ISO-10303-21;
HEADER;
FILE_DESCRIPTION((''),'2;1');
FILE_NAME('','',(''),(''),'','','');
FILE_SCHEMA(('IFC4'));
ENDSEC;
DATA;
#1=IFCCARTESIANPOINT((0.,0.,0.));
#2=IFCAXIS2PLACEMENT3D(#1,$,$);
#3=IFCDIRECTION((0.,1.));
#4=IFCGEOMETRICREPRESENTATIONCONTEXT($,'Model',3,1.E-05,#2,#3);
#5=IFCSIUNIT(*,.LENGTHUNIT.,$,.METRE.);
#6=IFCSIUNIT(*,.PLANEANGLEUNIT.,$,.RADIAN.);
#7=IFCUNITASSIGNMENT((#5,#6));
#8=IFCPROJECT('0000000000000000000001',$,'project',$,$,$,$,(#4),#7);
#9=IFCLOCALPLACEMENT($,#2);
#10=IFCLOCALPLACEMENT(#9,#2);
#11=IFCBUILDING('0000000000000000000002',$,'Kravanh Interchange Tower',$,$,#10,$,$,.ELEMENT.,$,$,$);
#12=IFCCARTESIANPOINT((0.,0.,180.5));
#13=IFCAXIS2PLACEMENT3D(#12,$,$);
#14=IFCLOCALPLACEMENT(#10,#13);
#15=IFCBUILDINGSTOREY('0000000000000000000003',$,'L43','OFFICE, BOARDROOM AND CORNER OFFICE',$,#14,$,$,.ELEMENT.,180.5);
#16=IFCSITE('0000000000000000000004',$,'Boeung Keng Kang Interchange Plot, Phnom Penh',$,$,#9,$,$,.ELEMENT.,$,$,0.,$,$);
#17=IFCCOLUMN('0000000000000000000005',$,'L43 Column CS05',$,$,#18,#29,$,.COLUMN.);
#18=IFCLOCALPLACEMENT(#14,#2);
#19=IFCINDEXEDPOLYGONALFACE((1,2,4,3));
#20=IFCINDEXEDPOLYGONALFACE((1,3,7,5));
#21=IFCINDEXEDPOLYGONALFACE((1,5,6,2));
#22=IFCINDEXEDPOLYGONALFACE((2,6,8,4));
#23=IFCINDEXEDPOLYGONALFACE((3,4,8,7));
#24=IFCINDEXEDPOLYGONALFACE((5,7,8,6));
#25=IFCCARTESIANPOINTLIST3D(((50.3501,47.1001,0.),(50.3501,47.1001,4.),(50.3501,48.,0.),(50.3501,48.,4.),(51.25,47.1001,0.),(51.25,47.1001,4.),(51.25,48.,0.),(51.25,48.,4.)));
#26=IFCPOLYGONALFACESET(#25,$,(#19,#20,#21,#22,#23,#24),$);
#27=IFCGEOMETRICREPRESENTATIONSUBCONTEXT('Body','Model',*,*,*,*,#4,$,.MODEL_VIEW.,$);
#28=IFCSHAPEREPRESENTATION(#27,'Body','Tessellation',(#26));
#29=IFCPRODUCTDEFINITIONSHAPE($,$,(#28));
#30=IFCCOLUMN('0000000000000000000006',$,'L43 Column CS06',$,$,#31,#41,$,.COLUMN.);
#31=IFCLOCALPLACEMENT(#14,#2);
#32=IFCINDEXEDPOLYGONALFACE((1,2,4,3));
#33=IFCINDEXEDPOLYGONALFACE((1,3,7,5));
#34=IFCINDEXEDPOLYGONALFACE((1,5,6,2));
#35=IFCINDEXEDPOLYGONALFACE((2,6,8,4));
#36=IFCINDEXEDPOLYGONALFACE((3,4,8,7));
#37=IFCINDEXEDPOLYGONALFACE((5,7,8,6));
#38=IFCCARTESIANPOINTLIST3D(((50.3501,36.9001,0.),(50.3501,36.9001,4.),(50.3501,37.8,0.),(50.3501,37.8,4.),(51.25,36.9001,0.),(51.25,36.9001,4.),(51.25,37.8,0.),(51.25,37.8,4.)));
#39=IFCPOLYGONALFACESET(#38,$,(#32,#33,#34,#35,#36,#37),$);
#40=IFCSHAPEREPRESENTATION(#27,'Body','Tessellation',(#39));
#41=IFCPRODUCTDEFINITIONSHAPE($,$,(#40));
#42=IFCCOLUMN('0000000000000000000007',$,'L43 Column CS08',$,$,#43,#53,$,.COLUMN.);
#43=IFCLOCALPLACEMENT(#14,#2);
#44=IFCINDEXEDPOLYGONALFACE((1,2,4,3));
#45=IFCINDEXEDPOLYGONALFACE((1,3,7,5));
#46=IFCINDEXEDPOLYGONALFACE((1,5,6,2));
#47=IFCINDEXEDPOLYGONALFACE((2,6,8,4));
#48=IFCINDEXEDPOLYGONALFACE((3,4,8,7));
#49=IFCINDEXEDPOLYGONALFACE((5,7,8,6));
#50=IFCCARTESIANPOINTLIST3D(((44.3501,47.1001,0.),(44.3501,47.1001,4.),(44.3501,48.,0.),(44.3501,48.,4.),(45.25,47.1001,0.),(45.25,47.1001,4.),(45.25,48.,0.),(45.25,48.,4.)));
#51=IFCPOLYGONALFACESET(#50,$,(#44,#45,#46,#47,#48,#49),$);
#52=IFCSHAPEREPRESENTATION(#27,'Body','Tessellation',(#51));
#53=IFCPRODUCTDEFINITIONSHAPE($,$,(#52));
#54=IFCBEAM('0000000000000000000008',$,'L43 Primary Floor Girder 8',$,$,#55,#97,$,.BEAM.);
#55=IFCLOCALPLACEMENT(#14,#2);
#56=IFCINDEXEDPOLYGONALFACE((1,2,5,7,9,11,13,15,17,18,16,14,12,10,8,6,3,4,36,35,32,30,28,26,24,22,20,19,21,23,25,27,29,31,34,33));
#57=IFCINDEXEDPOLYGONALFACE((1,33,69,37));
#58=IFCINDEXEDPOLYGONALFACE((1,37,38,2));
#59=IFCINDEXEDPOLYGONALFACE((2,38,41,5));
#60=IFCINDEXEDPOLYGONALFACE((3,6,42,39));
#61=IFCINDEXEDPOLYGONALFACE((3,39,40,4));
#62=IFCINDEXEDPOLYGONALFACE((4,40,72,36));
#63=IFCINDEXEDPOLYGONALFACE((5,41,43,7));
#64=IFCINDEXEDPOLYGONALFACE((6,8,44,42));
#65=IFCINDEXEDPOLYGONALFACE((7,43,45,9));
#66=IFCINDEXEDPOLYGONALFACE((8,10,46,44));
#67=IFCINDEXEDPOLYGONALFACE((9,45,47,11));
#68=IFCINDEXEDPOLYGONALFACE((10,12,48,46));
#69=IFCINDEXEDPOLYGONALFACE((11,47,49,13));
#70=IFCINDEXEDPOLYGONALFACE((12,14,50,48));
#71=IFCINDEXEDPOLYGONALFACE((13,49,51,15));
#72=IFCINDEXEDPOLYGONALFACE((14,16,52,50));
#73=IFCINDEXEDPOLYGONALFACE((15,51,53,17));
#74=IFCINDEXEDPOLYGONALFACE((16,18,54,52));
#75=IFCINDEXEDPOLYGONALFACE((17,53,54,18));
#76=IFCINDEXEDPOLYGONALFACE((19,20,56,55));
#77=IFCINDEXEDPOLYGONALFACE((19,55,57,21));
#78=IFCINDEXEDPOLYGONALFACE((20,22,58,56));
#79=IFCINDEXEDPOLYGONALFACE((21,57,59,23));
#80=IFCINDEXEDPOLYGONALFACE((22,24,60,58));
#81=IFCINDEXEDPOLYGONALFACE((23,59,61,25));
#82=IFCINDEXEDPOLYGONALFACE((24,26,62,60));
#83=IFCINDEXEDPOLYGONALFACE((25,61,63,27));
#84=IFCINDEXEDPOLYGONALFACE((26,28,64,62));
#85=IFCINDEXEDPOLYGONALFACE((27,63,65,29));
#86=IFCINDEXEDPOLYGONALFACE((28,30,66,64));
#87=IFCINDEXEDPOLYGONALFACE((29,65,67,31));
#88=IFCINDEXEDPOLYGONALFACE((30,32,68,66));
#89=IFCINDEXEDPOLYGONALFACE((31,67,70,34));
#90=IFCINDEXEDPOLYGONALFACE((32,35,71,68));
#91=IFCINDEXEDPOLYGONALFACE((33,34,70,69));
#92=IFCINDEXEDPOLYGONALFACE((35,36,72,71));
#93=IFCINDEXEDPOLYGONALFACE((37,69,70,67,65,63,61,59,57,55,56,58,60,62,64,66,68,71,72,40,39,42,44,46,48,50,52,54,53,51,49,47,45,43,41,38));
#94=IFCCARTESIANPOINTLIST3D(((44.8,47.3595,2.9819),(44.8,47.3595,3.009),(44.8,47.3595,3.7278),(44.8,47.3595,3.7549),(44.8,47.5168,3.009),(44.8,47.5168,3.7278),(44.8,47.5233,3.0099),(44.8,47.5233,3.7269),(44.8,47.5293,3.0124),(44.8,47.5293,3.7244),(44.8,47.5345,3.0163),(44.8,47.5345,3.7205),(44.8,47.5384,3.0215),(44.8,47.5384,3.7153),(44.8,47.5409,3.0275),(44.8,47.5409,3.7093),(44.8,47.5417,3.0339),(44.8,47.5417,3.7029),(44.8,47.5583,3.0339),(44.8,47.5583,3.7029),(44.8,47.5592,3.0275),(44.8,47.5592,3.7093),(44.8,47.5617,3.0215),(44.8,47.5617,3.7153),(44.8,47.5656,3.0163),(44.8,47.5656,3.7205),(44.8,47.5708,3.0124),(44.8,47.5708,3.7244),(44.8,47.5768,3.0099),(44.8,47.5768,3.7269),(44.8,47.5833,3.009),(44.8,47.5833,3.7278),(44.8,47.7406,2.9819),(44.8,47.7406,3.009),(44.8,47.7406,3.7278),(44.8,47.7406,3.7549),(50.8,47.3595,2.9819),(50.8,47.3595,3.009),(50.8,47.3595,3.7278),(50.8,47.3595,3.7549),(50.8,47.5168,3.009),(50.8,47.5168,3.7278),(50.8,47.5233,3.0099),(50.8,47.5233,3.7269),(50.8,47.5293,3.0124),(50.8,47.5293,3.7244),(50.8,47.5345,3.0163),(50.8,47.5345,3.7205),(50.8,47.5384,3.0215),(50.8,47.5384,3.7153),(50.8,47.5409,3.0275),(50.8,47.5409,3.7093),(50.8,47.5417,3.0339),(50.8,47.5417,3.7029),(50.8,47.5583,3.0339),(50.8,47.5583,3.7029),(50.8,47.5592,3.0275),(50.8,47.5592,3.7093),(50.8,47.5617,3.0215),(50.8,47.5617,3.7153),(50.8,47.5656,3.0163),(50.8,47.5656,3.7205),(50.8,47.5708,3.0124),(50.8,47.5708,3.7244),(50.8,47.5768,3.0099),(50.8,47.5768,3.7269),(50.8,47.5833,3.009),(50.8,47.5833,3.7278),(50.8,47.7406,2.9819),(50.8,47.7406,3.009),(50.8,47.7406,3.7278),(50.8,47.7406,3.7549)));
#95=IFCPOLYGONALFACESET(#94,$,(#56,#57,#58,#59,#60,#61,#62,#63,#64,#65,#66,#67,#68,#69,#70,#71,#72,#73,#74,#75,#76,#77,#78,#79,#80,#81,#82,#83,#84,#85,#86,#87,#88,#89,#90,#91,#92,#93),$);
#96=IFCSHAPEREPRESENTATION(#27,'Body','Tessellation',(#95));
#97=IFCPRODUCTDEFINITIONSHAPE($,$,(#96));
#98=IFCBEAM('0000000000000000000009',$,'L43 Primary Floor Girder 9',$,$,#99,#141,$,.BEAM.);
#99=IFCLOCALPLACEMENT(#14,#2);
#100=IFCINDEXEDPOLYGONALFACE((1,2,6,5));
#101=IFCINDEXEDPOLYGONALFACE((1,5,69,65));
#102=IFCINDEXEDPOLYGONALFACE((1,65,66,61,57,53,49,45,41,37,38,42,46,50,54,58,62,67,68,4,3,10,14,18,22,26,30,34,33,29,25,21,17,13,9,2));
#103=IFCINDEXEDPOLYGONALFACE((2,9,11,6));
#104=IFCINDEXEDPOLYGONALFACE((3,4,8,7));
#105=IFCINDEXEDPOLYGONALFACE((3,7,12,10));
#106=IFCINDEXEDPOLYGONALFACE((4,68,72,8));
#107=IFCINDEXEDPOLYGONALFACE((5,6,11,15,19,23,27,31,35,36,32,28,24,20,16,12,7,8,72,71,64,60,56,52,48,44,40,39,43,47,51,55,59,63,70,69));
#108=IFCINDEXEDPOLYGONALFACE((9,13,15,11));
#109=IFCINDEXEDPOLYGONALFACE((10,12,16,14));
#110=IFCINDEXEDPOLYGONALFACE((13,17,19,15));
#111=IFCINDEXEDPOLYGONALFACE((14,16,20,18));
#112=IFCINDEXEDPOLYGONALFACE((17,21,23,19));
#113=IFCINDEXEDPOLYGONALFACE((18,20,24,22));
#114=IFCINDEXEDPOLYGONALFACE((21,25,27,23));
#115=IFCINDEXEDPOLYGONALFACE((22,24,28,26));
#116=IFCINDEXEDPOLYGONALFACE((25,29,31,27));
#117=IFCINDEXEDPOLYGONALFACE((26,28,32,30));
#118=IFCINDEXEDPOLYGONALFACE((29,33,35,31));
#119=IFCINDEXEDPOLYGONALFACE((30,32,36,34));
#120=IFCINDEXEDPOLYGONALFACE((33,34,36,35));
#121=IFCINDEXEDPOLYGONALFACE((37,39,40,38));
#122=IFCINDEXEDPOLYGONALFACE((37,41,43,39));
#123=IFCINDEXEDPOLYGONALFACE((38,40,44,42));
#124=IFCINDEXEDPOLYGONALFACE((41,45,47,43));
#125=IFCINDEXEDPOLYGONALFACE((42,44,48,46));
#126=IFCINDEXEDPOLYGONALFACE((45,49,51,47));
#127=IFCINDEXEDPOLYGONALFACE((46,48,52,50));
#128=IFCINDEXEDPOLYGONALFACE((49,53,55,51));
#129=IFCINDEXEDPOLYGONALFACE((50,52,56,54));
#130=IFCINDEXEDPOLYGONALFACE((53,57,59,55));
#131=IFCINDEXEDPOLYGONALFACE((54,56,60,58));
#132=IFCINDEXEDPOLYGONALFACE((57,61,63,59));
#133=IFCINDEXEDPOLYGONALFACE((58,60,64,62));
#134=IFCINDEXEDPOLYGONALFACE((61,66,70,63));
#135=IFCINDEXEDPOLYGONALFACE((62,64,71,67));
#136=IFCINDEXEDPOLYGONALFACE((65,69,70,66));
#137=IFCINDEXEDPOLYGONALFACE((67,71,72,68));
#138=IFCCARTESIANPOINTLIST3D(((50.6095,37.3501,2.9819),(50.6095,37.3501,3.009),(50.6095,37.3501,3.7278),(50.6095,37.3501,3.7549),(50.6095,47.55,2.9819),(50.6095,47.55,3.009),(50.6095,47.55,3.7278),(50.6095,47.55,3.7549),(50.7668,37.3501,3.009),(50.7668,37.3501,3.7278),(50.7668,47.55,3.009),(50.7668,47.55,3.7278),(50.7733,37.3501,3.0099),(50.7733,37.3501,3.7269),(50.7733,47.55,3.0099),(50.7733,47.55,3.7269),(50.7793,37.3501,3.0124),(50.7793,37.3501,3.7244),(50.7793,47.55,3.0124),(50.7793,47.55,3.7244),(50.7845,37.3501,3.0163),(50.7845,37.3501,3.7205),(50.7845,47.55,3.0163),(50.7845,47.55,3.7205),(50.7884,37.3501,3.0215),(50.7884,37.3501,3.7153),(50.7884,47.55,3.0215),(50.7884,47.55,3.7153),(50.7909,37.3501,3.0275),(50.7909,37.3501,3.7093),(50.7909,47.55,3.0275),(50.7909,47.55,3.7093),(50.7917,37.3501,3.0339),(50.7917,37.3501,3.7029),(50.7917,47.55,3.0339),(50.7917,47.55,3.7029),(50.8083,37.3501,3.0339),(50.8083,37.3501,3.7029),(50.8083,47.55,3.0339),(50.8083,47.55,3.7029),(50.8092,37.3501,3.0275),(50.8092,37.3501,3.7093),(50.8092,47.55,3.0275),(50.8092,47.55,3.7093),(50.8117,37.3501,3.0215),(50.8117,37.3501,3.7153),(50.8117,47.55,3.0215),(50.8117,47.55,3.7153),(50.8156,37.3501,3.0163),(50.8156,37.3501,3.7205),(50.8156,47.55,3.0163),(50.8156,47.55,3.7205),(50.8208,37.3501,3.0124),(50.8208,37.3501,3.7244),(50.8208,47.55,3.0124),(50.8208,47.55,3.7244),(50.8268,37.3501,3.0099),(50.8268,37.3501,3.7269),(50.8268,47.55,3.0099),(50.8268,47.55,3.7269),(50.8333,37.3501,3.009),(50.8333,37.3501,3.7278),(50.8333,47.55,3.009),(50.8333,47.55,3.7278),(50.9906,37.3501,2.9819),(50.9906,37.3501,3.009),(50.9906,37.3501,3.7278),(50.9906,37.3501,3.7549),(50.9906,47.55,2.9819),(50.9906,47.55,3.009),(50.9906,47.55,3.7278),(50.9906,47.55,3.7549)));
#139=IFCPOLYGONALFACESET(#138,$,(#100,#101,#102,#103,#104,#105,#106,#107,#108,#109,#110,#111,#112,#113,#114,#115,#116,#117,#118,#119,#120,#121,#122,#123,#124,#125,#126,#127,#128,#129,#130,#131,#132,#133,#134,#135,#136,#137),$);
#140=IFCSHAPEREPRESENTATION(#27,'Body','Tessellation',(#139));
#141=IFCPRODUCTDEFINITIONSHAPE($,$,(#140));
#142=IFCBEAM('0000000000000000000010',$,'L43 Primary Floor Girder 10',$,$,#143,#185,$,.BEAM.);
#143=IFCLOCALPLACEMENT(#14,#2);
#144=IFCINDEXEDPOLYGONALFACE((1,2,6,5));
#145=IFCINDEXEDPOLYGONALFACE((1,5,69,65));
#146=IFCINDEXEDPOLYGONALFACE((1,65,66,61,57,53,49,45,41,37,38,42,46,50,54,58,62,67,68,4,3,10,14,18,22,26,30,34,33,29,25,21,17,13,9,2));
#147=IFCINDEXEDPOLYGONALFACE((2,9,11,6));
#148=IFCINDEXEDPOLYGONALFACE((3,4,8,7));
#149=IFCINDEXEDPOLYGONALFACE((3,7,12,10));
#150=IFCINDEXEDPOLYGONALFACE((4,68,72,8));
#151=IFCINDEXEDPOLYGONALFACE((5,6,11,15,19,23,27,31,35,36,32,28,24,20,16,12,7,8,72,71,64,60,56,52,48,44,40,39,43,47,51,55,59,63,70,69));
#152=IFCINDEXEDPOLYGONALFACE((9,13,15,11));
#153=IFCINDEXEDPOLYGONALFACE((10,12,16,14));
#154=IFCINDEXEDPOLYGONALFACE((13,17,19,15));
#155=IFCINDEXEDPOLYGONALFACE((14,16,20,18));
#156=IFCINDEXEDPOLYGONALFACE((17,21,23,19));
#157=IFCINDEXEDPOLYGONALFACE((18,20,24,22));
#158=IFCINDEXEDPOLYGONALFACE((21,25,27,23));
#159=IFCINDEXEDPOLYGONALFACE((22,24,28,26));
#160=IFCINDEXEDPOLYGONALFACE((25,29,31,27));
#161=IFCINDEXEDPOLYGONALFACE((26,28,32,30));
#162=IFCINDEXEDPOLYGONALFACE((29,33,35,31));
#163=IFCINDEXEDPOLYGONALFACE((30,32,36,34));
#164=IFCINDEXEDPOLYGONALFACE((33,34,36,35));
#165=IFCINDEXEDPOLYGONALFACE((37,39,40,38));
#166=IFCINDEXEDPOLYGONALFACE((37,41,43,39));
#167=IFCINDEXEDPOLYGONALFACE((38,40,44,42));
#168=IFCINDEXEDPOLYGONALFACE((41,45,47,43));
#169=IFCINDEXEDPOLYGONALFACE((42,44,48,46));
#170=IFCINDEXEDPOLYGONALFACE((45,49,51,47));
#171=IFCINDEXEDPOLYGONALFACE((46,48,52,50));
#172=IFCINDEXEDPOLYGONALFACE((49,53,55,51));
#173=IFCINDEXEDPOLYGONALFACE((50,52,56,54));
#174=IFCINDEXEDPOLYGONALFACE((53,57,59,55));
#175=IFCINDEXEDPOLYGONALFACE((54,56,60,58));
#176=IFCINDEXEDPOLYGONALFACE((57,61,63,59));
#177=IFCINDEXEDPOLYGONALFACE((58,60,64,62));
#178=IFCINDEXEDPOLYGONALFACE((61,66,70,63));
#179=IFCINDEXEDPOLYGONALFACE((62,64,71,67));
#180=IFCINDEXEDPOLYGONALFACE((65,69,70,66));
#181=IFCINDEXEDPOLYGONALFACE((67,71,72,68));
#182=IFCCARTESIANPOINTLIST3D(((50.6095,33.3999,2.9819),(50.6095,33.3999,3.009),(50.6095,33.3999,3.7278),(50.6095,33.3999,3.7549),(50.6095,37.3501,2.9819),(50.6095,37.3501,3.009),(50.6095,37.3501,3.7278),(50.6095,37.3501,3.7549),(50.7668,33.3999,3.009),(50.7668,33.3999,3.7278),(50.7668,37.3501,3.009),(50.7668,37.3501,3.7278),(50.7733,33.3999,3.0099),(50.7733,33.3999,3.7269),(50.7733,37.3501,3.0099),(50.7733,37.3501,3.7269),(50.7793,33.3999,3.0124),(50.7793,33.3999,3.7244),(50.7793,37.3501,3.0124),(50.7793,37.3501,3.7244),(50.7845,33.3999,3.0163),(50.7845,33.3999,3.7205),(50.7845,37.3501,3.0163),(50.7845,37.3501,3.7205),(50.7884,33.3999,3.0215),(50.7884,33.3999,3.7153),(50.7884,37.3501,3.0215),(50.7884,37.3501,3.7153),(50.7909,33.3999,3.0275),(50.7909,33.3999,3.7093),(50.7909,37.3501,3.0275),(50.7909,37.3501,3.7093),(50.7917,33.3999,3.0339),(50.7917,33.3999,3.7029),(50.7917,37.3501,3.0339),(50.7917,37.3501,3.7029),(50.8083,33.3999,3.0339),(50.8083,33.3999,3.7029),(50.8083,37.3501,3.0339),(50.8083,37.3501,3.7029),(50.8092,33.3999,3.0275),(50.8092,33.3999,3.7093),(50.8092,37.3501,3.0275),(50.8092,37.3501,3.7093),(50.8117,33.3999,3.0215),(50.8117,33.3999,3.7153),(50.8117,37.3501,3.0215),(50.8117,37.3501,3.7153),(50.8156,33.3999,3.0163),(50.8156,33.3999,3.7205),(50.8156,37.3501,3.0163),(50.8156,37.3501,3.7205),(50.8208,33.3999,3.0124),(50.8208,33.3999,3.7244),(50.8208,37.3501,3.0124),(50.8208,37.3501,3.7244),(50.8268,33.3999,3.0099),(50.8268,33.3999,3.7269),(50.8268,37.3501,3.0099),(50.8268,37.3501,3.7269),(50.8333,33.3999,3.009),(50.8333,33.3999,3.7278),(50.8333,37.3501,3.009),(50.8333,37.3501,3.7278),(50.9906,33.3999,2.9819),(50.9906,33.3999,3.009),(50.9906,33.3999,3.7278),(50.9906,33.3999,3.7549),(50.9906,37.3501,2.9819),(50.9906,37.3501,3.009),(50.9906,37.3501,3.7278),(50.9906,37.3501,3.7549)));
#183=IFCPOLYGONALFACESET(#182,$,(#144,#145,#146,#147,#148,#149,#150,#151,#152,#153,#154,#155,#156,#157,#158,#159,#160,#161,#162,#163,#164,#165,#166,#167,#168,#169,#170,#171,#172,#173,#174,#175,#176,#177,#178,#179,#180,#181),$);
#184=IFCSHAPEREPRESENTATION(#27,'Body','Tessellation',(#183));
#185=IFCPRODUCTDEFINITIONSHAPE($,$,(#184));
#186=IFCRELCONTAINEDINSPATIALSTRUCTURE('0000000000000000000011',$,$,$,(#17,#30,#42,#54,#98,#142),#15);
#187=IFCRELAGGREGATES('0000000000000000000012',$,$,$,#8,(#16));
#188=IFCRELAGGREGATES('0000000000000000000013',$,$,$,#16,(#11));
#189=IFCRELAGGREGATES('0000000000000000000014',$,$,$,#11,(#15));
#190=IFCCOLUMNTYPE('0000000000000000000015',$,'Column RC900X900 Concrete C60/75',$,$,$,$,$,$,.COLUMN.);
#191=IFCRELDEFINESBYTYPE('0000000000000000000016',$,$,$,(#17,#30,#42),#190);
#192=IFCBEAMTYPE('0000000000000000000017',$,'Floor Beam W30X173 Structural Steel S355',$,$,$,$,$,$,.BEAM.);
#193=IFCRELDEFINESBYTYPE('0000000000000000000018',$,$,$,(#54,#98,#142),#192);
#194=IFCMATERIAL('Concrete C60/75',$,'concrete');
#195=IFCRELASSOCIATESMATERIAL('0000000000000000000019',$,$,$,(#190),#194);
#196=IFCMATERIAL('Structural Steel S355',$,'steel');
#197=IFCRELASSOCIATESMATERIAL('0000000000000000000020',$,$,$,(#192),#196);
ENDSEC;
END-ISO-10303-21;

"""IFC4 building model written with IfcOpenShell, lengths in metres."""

from ifc_helpers import new_model, si_unit, direction, frame, origin, origin_2d, place, context, subcontext, project, spatial, rectangle, i_section, extrude, material, material_profile, profile_set, type_object, element, save


model = new_model("IFC4")

# Units and contexts
model_context = context("Model", 3, precision=1e-05, world=origin(), true_north=direction((0.0, 1.0)))
body_context = subcontext(model_context, "Body", "Model", "MODEL_VIEW")
ifc_project = project(units=[si_unit("LENGTHUNIT", "METRE"), si_unit("PLANEANGLEUNIT", "RADIAN")], contexts=[model_context])

# Site, building, storey
site_placement = place(None, origin())
site = spatial("IfcSite", under=ifc_project, at=site_placement, Name="Boeung Keng Kang Interchange Plot, Phnom Penh", CompositionType="ELEMENT", RefElevation=0.0)
building_placement = place(site_placement, origin())
building = spatial("IfcBuilding", under=site, at=building_placement, Name="Kravanh Interchange Tower", CompositionType="ELEMENT")
storey_placement = place(building_placement, frame((0.0, 0.0, 180.5)))
storey = spatial("IfcBuildingStorey", under=building, at=storey_placement, Name="L43", Description="OFFICE, BOARDROOM AND CORNER OFFICE", CompositionType="ELEMENT", Elevation=180.5)

# Columns
ifc_material_1 = material(Name="Concrete C60/75", Category="concrete")
ifc_material_profile_1 = material_profile(ifc_material_1, rectangle(XDim=0.8999, YDim=0.8999, at=origin_2d()), Name="RC900X900")
ifc_profile_set_1 = profile_set([ifc_material_profile_1], Name="Concrete C60/75")
column_type = type_object("IfcColumnType", Name="Column RC900X900 Concrete C60/75", PredefinedType="COLUMN", material=ifc_profile_set_1)
for number, where, z_axis, x_axis, name in (
    (1, (50.8, 47.55, 0.0), (0.0, 0.0, 1.0), (1.0, 0.0, 0.0), "L43 Column CS05"),
    (2, (50.8, 37.3501, 0.0), (0.0, 0.0, 1.0), (1.0, 0.0, 0.0), "L43 Column CS06"),
    (3, (44.8, 47.55, 0.0), (0.0, 0.0, 1.0), (1.0, 0.0, 0.0), "L43 Column CS08"),
):
    element("IfcColumn", number, at=place(storey_placement, frame(where, z_axis=z_axis, x_axis=x_axis)), inside=storey, type_object=column_type, Name=name, PredefinedType="COLUMN", context=body_context, shape_type="SweptSolid", body=[
        extrude(rectangle(XDim=0.8999, YDim=0.8999, at=origin_2d()), origin(), (0.0, 0.0, 1.0), 4.0),
    ])

# Beams
ifc_material_2 = material(Name="Structural Steel S355", Category="steel")
ifc_material_profile_2 = material_profile(ifc_material_2, i_section(OverallWidth=0.3811, OverallDepth=0.7729, WebThickness=0.0166, FlangeThickness=0.0271, FilletRadius=0.0249, at=origin_2d()), Name="W30X173")
ifc_profile_set_2 = profile_set([ifc_material_profile_2], Name="Structural Steel S355")
beam_type_1 = type_object("IfcBeamType", Name="Floor Beam W30X173 Structural Steel S355", PredefinedType="BEAM", material=ifc_profile_set_2)
beam_1_placement = place(storey_placement, frame((50.8, 47.55, 3.3684), z_axis=(-1.0, 0.0, 0.0), x_axis=(0.0, -1.0, 0.0)))
element("IfcBeam", 4, at=beam_1_placement, inside=storey, type_object=beam_type_1, Name="L43 Primary Floor Girder 8", PredefinedType="BEAM", context=body_context, shape_type="SweptSolid", body=[
    extrude(i_section(OverallWidth=0.3811, OverallDepth=0.7729, WebThickness=0.0166, FlangeThickness=0.0271, FilletRadius=0.0249, at=origin_2d()), origin(), (0.0, 0.0, 1.0), 6.0),
])
beam_2_placement = place(storey_placement, frame((50.8, 47.55, 3.3684), z_axis=(0.0, -1.0, 0.0), x_axis=(1.0, 0.0, 0.0)))
element("IfcBeam", 5, at=beam_2_placement, inside=storey, type_object=beam_type_1, Name="L43 Primary Floor Girder 9", PredefinedType="BEAM", context=body_context, shape_type="SweptSolid", body=[
    extrude(i_section(OverallWidth=0.3811, OverallDepth=0.7729, WebThickness=0.0166, FlangeThickness=0.0271, FilletRadius=0.0249, at=origin_2d()), origin(), (0.0, 0.0, 1.0), 10.2),
])
beam_3_placement = place(storey_placement, frame((50.8, 37.3501, 3.3684), z_axis=(0.0, -1.0, 0.0), x_axis=(1.0, 0.0, 0.0)))
element("IfcBeam", 6, at=beam_3_placement, inside=storey, type_object=beam_type_1, Name="L43 Primary Floor Girder 10", PredefinedType="BEAM", context=body_context, shape_type="SweptSolid", body=[
    extrude(i_section(OverallWidth=0.3811, OverallDepth=0.7729, WebThickness=0.0166, FlangeThickness=0.0271, FilletRadius=0.0249, at=origin_2d()), origin(), (0.0, 0.0, 1.0), 3.9502),
])

save(model, "model.ifc")
